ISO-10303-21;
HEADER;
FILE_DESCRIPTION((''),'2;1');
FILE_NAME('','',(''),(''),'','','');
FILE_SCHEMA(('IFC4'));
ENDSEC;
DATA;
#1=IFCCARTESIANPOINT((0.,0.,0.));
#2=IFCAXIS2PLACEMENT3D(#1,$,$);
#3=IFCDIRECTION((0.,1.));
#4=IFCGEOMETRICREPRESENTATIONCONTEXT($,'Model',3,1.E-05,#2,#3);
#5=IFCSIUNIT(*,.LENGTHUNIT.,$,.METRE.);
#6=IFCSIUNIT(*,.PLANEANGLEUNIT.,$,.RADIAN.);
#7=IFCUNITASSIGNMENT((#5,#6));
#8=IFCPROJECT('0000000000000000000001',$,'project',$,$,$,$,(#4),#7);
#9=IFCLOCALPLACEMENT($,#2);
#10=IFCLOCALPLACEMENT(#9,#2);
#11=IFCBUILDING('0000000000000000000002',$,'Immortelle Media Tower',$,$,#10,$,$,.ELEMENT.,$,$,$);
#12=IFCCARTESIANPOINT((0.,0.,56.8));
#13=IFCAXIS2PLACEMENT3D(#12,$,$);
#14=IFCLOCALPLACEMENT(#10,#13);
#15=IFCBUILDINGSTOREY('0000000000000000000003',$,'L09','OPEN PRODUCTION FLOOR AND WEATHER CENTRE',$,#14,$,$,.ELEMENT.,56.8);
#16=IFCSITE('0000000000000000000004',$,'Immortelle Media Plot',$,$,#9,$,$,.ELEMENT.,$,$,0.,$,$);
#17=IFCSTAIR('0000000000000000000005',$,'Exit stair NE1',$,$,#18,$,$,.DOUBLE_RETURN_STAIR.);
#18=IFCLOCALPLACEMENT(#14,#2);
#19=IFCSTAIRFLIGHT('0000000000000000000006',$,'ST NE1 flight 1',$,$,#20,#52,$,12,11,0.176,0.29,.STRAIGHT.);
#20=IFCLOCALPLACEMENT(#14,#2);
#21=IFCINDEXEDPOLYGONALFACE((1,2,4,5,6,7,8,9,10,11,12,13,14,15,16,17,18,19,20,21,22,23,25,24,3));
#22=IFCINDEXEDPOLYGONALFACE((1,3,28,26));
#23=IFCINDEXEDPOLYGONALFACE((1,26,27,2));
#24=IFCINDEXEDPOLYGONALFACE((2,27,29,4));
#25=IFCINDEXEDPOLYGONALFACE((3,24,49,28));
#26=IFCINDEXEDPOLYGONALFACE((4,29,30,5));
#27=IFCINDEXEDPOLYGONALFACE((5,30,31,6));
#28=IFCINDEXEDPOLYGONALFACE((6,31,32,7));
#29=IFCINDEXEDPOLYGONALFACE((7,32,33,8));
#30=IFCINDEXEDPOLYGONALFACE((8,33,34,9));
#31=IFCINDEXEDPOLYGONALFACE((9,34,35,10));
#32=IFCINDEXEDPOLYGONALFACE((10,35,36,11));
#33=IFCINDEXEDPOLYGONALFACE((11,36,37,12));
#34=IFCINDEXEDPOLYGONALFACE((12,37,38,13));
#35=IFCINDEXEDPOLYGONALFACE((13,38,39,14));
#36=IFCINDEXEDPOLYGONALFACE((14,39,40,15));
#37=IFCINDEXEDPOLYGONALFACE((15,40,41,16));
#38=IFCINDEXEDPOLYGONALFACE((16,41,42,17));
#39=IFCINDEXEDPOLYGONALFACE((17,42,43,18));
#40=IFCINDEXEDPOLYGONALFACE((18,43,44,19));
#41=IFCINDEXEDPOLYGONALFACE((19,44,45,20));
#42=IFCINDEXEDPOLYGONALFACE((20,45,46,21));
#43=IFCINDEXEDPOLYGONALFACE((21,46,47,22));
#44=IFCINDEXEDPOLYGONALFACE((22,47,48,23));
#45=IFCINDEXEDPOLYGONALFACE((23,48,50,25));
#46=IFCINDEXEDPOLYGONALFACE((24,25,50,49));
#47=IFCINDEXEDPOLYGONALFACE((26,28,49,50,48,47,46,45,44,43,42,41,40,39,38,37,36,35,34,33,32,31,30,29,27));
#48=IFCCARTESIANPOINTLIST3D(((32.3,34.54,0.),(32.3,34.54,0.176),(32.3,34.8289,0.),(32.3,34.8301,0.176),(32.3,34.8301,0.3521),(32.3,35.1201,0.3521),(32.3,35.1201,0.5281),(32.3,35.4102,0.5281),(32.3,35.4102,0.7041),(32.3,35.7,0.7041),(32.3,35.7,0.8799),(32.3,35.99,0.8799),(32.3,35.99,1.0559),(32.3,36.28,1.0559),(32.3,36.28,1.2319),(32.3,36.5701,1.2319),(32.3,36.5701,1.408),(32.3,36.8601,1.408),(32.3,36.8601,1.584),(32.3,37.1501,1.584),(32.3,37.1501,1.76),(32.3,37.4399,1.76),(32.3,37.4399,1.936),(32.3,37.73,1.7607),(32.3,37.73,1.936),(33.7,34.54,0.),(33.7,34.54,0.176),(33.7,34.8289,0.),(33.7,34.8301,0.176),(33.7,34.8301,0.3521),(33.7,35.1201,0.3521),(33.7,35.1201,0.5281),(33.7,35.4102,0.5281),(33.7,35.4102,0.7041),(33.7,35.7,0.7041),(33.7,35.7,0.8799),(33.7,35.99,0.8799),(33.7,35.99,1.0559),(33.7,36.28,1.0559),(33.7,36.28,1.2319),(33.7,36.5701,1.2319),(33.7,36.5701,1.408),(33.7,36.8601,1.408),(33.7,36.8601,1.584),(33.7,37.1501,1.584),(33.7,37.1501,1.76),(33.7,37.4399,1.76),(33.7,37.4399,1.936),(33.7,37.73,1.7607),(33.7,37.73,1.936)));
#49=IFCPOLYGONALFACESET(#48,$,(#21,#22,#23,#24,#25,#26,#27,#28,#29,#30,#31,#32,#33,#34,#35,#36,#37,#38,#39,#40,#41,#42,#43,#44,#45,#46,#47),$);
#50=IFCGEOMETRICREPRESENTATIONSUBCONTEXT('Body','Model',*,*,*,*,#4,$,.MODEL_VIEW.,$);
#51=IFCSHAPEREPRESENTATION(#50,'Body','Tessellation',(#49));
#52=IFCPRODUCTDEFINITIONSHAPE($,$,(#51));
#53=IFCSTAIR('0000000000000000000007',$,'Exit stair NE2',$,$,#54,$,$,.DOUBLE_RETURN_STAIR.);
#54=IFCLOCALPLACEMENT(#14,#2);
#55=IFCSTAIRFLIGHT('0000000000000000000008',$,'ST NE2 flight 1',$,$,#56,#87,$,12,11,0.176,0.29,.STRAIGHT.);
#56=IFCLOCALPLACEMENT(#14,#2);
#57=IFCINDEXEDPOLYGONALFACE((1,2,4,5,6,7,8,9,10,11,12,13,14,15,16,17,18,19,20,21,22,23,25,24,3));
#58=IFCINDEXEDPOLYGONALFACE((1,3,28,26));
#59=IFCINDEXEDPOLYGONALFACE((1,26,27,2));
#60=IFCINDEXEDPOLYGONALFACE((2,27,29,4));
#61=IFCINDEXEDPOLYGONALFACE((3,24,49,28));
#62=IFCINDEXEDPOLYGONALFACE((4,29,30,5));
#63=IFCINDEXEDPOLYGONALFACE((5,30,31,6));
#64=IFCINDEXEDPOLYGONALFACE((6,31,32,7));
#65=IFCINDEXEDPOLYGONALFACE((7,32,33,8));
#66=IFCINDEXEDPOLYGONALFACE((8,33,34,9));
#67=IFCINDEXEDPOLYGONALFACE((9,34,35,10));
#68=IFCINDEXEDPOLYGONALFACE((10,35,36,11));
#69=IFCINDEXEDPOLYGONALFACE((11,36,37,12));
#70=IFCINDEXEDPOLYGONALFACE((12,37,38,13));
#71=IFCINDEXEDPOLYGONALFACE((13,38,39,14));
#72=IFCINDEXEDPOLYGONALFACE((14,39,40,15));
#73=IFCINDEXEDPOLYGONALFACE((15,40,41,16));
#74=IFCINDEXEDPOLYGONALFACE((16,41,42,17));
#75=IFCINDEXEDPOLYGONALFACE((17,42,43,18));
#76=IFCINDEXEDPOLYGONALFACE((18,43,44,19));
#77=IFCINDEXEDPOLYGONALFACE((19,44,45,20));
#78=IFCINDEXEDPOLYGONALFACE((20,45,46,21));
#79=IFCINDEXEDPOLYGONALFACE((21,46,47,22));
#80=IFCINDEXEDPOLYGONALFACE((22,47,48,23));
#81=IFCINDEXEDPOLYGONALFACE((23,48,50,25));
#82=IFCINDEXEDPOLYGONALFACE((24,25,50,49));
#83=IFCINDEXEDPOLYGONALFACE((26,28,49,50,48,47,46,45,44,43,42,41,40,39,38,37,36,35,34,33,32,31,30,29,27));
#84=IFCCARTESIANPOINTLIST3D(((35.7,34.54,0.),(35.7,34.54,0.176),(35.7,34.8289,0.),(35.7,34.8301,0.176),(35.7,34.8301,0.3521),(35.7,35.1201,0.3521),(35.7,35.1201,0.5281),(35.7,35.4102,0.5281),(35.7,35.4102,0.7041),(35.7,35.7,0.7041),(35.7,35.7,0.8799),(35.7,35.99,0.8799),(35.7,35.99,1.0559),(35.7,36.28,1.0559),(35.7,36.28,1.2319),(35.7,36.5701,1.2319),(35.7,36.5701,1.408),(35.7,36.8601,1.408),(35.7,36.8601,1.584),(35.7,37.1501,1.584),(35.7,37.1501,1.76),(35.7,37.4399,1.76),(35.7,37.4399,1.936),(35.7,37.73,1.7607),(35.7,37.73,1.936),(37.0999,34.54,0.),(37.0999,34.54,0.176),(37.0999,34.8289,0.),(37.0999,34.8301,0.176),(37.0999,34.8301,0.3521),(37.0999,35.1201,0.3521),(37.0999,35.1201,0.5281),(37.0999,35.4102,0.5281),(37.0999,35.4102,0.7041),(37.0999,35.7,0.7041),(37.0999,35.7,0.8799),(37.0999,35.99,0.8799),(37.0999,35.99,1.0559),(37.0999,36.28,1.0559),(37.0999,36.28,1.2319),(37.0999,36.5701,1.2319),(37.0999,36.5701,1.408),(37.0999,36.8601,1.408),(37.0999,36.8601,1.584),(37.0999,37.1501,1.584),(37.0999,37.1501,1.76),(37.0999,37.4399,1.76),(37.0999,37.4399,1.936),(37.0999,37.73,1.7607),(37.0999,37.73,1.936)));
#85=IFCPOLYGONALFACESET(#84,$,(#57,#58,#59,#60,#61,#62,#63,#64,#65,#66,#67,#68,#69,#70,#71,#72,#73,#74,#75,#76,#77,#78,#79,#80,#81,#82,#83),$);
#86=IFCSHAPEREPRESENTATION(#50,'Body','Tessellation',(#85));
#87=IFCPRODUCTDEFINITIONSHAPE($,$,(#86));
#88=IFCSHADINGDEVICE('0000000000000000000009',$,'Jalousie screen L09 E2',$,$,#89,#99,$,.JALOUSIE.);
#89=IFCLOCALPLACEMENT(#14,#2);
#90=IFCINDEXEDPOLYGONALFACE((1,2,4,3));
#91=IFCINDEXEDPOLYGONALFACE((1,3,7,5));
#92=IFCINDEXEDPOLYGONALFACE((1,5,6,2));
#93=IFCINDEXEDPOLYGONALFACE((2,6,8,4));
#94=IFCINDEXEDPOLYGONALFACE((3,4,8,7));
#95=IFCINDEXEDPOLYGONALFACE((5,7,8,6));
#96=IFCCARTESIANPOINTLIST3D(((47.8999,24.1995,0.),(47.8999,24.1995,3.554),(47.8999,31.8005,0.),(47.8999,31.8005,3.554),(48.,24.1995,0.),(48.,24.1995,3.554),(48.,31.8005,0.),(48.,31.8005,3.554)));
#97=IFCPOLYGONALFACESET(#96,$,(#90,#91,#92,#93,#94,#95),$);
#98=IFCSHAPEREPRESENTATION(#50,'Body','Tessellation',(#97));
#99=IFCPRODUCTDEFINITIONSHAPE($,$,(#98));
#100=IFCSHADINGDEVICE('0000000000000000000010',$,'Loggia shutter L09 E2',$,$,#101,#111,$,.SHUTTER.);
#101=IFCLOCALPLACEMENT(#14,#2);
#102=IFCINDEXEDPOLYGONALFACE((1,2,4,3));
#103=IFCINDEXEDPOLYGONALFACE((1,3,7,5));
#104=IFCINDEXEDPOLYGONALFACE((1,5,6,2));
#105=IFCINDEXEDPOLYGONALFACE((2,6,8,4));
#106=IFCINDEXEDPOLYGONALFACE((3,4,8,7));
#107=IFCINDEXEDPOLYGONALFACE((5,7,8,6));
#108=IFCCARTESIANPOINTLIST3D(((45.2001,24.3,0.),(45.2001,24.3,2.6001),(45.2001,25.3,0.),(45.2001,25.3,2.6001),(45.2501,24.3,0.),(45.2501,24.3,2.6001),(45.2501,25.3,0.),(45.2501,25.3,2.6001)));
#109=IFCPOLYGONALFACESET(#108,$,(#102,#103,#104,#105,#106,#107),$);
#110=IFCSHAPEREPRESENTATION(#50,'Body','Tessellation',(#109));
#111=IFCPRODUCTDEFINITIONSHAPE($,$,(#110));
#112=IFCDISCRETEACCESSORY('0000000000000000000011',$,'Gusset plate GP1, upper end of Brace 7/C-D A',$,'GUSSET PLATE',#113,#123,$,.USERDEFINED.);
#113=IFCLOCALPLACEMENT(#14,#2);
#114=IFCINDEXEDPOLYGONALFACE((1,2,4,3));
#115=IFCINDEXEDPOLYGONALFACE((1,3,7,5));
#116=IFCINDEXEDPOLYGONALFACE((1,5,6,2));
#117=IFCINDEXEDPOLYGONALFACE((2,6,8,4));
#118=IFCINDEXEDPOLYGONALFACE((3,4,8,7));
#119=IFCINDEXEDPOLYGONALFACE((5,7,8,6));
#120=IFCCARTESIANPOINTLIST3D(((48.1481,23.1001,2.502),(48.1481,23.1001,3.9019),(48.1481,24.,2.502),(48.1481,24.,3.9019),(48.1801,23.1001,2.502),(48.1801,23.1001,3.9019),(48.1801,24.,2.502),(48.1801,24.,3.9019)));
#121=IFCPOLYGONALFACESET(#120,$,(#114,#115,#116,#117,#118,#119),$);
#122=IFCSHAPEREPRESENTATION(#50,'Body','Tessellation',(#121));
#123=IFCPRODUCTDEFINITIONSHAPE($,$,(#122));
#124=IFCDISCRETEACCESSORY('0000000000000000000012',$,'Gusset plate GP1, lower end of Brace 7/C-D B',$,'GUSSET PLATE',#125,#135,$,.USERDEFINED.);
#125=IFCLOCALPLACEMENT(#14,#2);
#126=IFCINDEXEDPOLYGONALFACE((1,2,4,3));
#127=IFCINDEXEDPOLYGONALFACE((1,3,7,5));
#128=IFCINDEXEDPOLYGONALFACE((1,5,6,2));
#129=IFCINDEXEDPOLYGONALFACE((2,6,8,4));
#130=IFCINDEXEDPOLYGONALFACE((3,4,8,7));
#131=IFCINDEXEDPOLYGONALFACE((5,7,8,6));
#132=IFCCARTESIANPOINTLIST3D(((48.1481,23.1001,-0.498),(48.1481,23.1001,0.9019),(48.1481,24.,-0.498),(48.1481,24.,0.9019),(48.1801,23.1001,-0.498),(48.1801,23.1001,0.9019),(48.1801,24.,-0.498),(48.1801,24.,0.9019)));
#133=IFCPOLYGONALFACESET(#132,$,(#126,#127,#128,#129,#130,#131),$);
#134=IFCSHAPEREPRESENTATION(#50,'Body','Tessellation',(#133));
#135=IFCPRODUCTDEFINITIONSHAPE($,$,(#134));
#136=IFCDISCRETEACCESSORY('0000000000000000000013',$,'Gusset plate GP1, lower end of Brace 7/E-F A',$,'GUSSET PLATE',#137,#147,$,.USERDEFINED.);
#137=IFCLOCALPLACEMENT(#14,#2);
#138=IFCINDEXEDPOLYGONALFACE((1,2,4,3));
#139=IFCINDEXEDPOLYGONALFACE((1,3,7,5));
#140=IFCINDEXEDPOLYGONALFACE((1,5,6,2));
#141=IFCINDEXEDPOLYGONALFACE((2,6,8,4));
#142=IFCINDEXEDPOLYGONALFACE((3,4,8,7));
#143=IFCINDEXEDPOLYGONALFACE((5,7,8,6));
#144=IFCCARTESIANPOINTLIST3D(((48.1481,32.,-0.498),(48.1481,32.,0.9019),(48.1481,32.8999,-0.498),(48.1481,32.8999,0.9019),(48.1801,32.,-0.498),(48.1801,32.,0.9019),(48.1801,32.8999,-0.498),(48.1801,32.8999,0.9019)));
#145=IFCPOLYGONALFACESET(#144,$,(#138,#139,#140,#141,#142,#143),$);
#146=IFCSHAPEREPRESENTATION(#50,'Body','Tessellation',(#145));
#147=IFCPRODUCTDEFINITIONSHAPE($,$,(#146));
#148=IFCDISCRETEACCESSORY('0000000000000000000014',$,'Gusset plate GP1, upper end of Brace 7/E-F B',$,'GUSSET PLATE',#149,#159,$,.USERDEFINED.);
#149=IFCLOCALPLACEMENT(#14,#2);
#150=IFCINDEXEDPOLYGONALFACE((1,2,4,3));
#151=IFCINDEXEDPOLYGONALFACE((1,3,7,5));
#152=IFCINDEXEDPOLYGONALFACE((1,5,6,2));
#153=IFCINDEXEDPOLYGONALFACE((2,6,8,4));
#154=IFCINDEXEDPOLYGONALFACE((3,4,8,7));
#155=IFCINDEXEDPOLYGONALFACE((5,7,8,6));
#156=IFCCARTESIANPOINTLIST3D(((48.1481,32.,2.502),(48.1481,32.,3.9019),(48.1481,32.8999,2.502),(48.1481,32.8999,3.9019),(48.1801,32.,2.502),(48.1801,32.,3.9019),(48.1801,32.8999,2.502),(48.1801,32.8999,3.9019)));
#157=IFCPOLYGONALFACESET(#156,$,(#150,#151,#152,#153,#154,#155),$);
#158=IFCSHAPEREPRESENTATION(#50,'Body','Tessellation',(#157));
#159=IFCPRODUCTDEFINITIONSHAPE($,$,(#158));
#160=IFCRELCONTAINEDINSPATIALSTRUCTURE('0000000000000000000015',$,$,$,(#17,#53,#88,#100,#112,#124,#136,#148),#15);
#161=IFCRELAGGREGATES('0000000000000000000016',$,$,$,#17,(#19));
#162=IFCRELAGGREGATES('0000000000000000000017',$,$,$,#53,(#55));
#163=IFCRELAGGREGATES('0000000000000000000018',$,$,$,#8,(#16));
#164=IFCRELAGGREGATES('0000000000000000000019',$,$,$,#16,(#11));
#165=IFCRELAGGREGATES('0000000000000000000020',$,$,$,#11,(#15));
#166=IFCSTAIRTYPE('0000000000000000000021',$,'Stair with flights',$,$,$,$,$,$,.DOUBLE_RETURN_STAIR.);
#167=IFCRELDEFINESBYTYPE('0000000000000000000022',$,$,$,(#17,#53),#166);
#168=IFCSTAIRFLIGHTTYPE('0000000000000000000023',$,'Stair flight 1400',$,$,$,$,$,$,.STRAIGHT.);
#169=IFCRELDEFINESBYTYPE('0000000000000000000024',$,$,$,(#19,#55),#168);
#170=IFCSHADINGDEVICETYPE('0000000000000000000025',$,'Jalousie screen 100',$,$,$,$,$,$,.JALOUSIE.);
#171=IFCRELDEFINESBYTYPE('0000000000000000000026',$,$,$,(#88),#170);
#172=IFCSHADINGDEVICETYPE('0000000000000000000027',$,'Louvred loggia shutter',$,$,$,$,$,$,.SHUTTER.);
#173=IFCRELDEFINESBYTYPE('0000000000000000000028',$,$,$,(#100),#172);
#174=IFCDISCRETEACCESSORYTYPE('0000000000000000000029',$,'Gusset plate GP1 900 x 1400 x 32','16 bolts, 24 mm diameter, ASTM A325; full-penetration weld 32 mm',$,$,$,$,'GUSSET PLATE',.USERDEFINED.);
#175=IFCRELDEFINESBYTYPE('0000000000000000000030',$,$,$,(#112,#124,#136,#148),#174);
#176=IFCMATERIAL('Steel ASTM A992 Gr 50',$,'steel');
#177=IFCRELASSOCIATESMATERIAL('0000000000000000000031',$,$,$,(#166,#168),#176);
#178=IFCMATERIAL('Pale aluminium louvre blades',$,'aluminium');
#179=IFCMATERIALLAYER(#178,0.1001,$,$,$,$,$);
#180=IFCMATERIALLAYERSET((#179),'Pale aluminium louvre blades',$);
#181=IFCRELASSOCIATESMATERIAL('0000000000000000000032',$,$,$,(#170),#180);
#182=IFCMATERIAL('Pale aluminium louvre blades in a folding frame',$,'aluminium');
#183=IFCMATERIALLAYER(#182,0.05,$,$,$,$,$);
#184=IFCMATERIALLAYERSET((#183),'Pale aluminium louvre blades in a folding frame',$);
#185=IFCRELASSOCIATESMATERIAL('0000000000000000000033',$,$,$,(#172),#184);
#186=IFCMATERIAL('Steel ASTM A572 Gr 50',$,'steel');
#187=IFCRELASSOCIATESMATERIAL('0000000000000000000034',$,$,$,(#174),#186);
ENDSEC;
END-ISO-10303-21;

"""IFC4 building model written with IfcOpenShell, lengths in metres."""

from ifc_helpers import new_model, si_unit, direction, frame, origin, origin_2d, place, context, subcontext, project, spatial, polyline, rectangle, outline, extrude, material, layer, layer_set, material_profile, profile_set, type_object, element, aggregate, save


model = new_model("IFC4")

# Units and contexts
model_context = context("Model", 3, precision=1e-05, world=origin(), true_north=direction((0.0, 1.0)))
body_context = subcontext(model_context, "Body", "Model", "MODEL_VIEW")
ifc_project = project(units=[si_unit("LENGTHUNIT", "METRE"), si_unit("PLANEANGLEUNIT", "RADIAN")], contexts=[model_context])

# Site, building, storey
site_placement = place(None, origin())
site = spatial("IfcSite", under=ifc_project, at=site_placement, Name="Immortelle Media Plot", CompositionType="ELEMENT", RefElevation=0.0)
building_placement = place(site_placement, origin())
building = spatial("IfcBuilding", under=site, at=building_placement, Name="Immortelle Media Tower", CompositionType="ELEMENT")
storey_placement = place(building_placement, frame((0.0, 0.0, 56.8)))
storey = spatial("IfcBuildingStorey", under=building, at=storey_placement, Name="L09", Description="OPEN PRODUCTION FLOOR AND WEATHER CENTRE", CompositionType="ELEMENT", Elevation=56.8)

# Shared definitions
ifc_material_1 = material(Name="Steel ASTM A992 Gr 50", Category="steel")

# Stairs, stair flights
stair_type = type_object("IfcStairType", Name="Stair with flights", PredefinedType="DOUBLE_RETURN_STAIR", material=ifc_material_1)
stair_1_placement = place(storey_placement, origin())
stair_1 = element("IfcStair", 1, at=stair_1_placement, inside=storey, type_object=stair_type, Name="Exit stair NE1", PredefinedType="DOUBLE_RETURN_STAIR")
stair_flight_type = type_object("IfcStairFlightType", Name="Stair flight 1400", PredefinedType="STRAIGHT", material=ifc_material_1)
stair_flight_1_placement = place(storey_placement, frame((33.0, 34.54, 0.0), z_axis=(0.0, 0.0, 1.0), x_axis=(0.0, 1.0, 0.0)))
stair_flight_1 = element("IfcStairFlight", 2, at=stair_flight_1_placement, type_object=stair_flight_type, Name="ST NE1 flight 1", NumberOfRisers=12, NumberOfTreads=11, PredefinedType="STRAIGHT", RiserHeight=0.176, TreadLength=0.29, context=body_context, shape_type="SweptSolid", body=[
    extrude(outline(polyline([(0.0, 0.0), (0.0, 0.176), (0.29, 0.176), (0.29, 0.3521), (0.5801, 0.3521), (0.5801, 0.5281), (0.8701, 0.5281), (0.8701, 0.7041), (1.1599, 0.7041), (1.1599, 0.8799), (1.45, 0.8799), (1.45, 1.0559), (1.74, 1.0559), (1.74, 1.2319), (2.03, 1.2319), (2.03, 1.408), (2.3201, 1.408), (2.3201, 1.584), (2.6101, 1.584), (2.6101, 1.76), (2.8999, 1.76), (2.8999, 1.936), (3.1899, 1.936), (3.1899, 2.1121), (3.1899, 1.7607), (0.2888, 0.0), (0.0, 0.0)])), frame((0.0, 0.7, 0.0), z_axis=(0.0, -1.0, 0.0), x_axis=(1.0, 0.0, 0.0)), (0.0, 0.0, 1.0), 1.3999),
])
aggregate(stair_1, [stair_flight_1])
stair_2_placement = place(storey_placement, origin())
stair_2 = element("IfcStair", 3, at=stair_2_placement, inside=storey, type_object=stair_type, Name="Exit stair NE2", PredefinedType="DOUBLE_RETURN_STAIR")
stair_flight_2_placement = place(storey_placement, frame((36.3999, 34.54, 0.0), z_axis=(0.0, 0.0, 1.0), x_axis=(0.0, 1.0, 0.0)))
stair_flight_2 = element("IfcStairFlight", 4, at=stair_flight_2_placement, type_object=stair_flight_type, Name="ST NE2 flight 1", NumberOfRisers=12, NumberOfTreads=11, PredefinedType="STRAIGHT", RiserHeight=0.176, TreadLength=0.29, context=body_context, shape_type="SweptSolid", body=[
    extrude(outline(polyline([(0.0, 0.0), (0.0, 0.176), (0.29, 0.176), (0.29, 0.3521), (0.5801, 0.3521), (0.5801, 0.5281), (0.8701, 0.5281), (0.8701, 0.7041), (1.1599, 0.7041), (1.1599, 0.8799), (1.45, 0.8799), (1.45, 1.0559), (1.74, 1.0559), (1.74, 1.2319), (2.03, 1.2319), (2.03, 1.408), (2.3201, 1.408), (2.3201, 1.584), (2.6101, 1.584), (2.6101, 1.76), (2.8999, 1.76), (2.8999, 1.936), (3.1899, 1.936), (3.1899, 2.1121), (3.1899, 1.7607), (0.2888, 0.0), (0.0, 0.0)])), frame((0.0, 0.7, 0.0), z_axis=(0.0, -1.0, 0.0), x_axis=(1.0, 0.0, 0.0)), (0.0, 0.0, 1.0), 1.3999),
])
aggregate(stair_2, [stair_flight_2])

# Shading devices
ifc_material_2 = material(Name="Pale aluminium louvre blades", Category="aluminium")
ifc_layer_1 = layer(ifc_material_2, 0.1001)
ifc_layer_set_1 = layer_set([ifc_layer_1], Name="Pale aluminium louvre blades")
shading_device_type_1 = type_object("IfcShadingDeviceType", Name="Jalousie screen 100", PredefinedType="JALOUSIE", material=ifc_layer_set_1)
shading_device_1_placement = place(storey_placement, frame((47.95, 28.0, 0.0), z_axis=(0.0, 0.0, 1.0), x_axis=(0.0, 1.0, 0.0)))
element("IfcShadingDevice", 5, at=shading_device_1_placement, inside=storey, type_object=shading_device_type_1, Name="Jalousie screen L09 E2", PredefinedType="JALOUSIE", context=body_context, shape_type="SweptSolid", body=[
    extrude(rectangle(XDim=7.6011, YDim=0.1001, at=origin_2d()), origin(), (0.0, 0.0, 1.0), 3.554),
])
ifc_material_3 = material(Name="Pale aluminium louvre blades in a folding frame", Category="aluminium")
ifc_layer_2 = layer(ifc_material_3, 0.05)
ifc_layer_set_2 = layer_set([ifc_layer_2], Name="Pale aluminium louvre blades in a folding frame")
shading_device_type_2 = type_object("IfcShadingDeviceType", Name="Louvred loggia shutter", PredefinedType="SHUTTER", material=ifc_layer_set_2)
shading_device_2_placement = place(storey_placement, frame((45.2251, 24.8, 0.0), z_axis=(0.0, 0.0, 1.0), x_axis=(0.0, 1.0, 0.0)))
element("IfcShadingDevice", 6, at=shading_device_2_placement, inside=storey, type_object=shading_device_type_2, Name="Loggia shutter L09 E2", PredefinedType="SHUTTER", context=body_context, shape_type="SweptSolid", body=[
    extrude(rectangle(XDim=1.0, YDim=0.05, at=origin_2d()), origin(), (0.0, 0.0, 1.0), 2.6001),
])

# Discrete accessories
ifc_material_4 = material(Name="Steel ASTM A572 Gr 50", Category="steel")
ifc_material_profile_1 = material_profile(ifc_material_4, rectangle(XDim=0.032, YDim=1.3999, at=origin_2d()), Name="PL 32 x 1400")
ifc_profile_set_1 = profile_set([ifc_material_profile_1], Name="Steel ASTM A572 Gr 50")
discrete_accessory_type = type_object("IfcDiscreteAccessoryType", Name="Gusset plate GP1 900 x 1400 x 32", Description="16 bolts, 24 mm diameter, ASTM A325; full-penetration weld 32 mm", ElementType="GUSSET PLATE", PredefinedType="USERDEFINED", material=ifc_profile_set_1)
for number, where, z_axis, x_axis, name in (
    (7, (48.1641, 24.0, 3.2019), (0.0, -1.0, 0.0), (1.0, 0.0, 0.0), "Gusset plate GP1, upper end of Brace 7/C-D A"),
    (8, (48.1641, 24.0, 0.2019), (0.0, -1.0, 0.0), (1.0, 0.0, 0.0), "Gusset plate GP1, lower end of Brace 7/C-D B"),
    (9, (48.1641, 32.0, 0.2019), (0.0, 1.0, 0.0), (-1.0, 0.0, 0.0), "Gusset plate GP1, lower end of Brace 7/E-F A"),
    (10, (48.1641, 32.0, 3.2019), (0.0, 1.0, 0.0), (-1.0, 0.0, 0.0), "Gusset plate GP1, upper end of Brace 7/E-F B"),
):
    element("IfcDiscreteAccessory", number, at=place(storey_placement, frame(where, z_axis=z_axis, x_axis=x_axis)), inside=storey, type_object=discrete_accessory_type, Name=name, ObjectType="GUSSET PLATE", PredefinedType="USERDEFINED", context=body_context, shape_type="SweptSolid", body=[
        extrude(rectangle(XDim=0.032, YDim=1.3999, at=origin_2d()), origin(), (0.0, 0.0, 1.0), 0.8999),
    ])

save(model, "model.ifc")
